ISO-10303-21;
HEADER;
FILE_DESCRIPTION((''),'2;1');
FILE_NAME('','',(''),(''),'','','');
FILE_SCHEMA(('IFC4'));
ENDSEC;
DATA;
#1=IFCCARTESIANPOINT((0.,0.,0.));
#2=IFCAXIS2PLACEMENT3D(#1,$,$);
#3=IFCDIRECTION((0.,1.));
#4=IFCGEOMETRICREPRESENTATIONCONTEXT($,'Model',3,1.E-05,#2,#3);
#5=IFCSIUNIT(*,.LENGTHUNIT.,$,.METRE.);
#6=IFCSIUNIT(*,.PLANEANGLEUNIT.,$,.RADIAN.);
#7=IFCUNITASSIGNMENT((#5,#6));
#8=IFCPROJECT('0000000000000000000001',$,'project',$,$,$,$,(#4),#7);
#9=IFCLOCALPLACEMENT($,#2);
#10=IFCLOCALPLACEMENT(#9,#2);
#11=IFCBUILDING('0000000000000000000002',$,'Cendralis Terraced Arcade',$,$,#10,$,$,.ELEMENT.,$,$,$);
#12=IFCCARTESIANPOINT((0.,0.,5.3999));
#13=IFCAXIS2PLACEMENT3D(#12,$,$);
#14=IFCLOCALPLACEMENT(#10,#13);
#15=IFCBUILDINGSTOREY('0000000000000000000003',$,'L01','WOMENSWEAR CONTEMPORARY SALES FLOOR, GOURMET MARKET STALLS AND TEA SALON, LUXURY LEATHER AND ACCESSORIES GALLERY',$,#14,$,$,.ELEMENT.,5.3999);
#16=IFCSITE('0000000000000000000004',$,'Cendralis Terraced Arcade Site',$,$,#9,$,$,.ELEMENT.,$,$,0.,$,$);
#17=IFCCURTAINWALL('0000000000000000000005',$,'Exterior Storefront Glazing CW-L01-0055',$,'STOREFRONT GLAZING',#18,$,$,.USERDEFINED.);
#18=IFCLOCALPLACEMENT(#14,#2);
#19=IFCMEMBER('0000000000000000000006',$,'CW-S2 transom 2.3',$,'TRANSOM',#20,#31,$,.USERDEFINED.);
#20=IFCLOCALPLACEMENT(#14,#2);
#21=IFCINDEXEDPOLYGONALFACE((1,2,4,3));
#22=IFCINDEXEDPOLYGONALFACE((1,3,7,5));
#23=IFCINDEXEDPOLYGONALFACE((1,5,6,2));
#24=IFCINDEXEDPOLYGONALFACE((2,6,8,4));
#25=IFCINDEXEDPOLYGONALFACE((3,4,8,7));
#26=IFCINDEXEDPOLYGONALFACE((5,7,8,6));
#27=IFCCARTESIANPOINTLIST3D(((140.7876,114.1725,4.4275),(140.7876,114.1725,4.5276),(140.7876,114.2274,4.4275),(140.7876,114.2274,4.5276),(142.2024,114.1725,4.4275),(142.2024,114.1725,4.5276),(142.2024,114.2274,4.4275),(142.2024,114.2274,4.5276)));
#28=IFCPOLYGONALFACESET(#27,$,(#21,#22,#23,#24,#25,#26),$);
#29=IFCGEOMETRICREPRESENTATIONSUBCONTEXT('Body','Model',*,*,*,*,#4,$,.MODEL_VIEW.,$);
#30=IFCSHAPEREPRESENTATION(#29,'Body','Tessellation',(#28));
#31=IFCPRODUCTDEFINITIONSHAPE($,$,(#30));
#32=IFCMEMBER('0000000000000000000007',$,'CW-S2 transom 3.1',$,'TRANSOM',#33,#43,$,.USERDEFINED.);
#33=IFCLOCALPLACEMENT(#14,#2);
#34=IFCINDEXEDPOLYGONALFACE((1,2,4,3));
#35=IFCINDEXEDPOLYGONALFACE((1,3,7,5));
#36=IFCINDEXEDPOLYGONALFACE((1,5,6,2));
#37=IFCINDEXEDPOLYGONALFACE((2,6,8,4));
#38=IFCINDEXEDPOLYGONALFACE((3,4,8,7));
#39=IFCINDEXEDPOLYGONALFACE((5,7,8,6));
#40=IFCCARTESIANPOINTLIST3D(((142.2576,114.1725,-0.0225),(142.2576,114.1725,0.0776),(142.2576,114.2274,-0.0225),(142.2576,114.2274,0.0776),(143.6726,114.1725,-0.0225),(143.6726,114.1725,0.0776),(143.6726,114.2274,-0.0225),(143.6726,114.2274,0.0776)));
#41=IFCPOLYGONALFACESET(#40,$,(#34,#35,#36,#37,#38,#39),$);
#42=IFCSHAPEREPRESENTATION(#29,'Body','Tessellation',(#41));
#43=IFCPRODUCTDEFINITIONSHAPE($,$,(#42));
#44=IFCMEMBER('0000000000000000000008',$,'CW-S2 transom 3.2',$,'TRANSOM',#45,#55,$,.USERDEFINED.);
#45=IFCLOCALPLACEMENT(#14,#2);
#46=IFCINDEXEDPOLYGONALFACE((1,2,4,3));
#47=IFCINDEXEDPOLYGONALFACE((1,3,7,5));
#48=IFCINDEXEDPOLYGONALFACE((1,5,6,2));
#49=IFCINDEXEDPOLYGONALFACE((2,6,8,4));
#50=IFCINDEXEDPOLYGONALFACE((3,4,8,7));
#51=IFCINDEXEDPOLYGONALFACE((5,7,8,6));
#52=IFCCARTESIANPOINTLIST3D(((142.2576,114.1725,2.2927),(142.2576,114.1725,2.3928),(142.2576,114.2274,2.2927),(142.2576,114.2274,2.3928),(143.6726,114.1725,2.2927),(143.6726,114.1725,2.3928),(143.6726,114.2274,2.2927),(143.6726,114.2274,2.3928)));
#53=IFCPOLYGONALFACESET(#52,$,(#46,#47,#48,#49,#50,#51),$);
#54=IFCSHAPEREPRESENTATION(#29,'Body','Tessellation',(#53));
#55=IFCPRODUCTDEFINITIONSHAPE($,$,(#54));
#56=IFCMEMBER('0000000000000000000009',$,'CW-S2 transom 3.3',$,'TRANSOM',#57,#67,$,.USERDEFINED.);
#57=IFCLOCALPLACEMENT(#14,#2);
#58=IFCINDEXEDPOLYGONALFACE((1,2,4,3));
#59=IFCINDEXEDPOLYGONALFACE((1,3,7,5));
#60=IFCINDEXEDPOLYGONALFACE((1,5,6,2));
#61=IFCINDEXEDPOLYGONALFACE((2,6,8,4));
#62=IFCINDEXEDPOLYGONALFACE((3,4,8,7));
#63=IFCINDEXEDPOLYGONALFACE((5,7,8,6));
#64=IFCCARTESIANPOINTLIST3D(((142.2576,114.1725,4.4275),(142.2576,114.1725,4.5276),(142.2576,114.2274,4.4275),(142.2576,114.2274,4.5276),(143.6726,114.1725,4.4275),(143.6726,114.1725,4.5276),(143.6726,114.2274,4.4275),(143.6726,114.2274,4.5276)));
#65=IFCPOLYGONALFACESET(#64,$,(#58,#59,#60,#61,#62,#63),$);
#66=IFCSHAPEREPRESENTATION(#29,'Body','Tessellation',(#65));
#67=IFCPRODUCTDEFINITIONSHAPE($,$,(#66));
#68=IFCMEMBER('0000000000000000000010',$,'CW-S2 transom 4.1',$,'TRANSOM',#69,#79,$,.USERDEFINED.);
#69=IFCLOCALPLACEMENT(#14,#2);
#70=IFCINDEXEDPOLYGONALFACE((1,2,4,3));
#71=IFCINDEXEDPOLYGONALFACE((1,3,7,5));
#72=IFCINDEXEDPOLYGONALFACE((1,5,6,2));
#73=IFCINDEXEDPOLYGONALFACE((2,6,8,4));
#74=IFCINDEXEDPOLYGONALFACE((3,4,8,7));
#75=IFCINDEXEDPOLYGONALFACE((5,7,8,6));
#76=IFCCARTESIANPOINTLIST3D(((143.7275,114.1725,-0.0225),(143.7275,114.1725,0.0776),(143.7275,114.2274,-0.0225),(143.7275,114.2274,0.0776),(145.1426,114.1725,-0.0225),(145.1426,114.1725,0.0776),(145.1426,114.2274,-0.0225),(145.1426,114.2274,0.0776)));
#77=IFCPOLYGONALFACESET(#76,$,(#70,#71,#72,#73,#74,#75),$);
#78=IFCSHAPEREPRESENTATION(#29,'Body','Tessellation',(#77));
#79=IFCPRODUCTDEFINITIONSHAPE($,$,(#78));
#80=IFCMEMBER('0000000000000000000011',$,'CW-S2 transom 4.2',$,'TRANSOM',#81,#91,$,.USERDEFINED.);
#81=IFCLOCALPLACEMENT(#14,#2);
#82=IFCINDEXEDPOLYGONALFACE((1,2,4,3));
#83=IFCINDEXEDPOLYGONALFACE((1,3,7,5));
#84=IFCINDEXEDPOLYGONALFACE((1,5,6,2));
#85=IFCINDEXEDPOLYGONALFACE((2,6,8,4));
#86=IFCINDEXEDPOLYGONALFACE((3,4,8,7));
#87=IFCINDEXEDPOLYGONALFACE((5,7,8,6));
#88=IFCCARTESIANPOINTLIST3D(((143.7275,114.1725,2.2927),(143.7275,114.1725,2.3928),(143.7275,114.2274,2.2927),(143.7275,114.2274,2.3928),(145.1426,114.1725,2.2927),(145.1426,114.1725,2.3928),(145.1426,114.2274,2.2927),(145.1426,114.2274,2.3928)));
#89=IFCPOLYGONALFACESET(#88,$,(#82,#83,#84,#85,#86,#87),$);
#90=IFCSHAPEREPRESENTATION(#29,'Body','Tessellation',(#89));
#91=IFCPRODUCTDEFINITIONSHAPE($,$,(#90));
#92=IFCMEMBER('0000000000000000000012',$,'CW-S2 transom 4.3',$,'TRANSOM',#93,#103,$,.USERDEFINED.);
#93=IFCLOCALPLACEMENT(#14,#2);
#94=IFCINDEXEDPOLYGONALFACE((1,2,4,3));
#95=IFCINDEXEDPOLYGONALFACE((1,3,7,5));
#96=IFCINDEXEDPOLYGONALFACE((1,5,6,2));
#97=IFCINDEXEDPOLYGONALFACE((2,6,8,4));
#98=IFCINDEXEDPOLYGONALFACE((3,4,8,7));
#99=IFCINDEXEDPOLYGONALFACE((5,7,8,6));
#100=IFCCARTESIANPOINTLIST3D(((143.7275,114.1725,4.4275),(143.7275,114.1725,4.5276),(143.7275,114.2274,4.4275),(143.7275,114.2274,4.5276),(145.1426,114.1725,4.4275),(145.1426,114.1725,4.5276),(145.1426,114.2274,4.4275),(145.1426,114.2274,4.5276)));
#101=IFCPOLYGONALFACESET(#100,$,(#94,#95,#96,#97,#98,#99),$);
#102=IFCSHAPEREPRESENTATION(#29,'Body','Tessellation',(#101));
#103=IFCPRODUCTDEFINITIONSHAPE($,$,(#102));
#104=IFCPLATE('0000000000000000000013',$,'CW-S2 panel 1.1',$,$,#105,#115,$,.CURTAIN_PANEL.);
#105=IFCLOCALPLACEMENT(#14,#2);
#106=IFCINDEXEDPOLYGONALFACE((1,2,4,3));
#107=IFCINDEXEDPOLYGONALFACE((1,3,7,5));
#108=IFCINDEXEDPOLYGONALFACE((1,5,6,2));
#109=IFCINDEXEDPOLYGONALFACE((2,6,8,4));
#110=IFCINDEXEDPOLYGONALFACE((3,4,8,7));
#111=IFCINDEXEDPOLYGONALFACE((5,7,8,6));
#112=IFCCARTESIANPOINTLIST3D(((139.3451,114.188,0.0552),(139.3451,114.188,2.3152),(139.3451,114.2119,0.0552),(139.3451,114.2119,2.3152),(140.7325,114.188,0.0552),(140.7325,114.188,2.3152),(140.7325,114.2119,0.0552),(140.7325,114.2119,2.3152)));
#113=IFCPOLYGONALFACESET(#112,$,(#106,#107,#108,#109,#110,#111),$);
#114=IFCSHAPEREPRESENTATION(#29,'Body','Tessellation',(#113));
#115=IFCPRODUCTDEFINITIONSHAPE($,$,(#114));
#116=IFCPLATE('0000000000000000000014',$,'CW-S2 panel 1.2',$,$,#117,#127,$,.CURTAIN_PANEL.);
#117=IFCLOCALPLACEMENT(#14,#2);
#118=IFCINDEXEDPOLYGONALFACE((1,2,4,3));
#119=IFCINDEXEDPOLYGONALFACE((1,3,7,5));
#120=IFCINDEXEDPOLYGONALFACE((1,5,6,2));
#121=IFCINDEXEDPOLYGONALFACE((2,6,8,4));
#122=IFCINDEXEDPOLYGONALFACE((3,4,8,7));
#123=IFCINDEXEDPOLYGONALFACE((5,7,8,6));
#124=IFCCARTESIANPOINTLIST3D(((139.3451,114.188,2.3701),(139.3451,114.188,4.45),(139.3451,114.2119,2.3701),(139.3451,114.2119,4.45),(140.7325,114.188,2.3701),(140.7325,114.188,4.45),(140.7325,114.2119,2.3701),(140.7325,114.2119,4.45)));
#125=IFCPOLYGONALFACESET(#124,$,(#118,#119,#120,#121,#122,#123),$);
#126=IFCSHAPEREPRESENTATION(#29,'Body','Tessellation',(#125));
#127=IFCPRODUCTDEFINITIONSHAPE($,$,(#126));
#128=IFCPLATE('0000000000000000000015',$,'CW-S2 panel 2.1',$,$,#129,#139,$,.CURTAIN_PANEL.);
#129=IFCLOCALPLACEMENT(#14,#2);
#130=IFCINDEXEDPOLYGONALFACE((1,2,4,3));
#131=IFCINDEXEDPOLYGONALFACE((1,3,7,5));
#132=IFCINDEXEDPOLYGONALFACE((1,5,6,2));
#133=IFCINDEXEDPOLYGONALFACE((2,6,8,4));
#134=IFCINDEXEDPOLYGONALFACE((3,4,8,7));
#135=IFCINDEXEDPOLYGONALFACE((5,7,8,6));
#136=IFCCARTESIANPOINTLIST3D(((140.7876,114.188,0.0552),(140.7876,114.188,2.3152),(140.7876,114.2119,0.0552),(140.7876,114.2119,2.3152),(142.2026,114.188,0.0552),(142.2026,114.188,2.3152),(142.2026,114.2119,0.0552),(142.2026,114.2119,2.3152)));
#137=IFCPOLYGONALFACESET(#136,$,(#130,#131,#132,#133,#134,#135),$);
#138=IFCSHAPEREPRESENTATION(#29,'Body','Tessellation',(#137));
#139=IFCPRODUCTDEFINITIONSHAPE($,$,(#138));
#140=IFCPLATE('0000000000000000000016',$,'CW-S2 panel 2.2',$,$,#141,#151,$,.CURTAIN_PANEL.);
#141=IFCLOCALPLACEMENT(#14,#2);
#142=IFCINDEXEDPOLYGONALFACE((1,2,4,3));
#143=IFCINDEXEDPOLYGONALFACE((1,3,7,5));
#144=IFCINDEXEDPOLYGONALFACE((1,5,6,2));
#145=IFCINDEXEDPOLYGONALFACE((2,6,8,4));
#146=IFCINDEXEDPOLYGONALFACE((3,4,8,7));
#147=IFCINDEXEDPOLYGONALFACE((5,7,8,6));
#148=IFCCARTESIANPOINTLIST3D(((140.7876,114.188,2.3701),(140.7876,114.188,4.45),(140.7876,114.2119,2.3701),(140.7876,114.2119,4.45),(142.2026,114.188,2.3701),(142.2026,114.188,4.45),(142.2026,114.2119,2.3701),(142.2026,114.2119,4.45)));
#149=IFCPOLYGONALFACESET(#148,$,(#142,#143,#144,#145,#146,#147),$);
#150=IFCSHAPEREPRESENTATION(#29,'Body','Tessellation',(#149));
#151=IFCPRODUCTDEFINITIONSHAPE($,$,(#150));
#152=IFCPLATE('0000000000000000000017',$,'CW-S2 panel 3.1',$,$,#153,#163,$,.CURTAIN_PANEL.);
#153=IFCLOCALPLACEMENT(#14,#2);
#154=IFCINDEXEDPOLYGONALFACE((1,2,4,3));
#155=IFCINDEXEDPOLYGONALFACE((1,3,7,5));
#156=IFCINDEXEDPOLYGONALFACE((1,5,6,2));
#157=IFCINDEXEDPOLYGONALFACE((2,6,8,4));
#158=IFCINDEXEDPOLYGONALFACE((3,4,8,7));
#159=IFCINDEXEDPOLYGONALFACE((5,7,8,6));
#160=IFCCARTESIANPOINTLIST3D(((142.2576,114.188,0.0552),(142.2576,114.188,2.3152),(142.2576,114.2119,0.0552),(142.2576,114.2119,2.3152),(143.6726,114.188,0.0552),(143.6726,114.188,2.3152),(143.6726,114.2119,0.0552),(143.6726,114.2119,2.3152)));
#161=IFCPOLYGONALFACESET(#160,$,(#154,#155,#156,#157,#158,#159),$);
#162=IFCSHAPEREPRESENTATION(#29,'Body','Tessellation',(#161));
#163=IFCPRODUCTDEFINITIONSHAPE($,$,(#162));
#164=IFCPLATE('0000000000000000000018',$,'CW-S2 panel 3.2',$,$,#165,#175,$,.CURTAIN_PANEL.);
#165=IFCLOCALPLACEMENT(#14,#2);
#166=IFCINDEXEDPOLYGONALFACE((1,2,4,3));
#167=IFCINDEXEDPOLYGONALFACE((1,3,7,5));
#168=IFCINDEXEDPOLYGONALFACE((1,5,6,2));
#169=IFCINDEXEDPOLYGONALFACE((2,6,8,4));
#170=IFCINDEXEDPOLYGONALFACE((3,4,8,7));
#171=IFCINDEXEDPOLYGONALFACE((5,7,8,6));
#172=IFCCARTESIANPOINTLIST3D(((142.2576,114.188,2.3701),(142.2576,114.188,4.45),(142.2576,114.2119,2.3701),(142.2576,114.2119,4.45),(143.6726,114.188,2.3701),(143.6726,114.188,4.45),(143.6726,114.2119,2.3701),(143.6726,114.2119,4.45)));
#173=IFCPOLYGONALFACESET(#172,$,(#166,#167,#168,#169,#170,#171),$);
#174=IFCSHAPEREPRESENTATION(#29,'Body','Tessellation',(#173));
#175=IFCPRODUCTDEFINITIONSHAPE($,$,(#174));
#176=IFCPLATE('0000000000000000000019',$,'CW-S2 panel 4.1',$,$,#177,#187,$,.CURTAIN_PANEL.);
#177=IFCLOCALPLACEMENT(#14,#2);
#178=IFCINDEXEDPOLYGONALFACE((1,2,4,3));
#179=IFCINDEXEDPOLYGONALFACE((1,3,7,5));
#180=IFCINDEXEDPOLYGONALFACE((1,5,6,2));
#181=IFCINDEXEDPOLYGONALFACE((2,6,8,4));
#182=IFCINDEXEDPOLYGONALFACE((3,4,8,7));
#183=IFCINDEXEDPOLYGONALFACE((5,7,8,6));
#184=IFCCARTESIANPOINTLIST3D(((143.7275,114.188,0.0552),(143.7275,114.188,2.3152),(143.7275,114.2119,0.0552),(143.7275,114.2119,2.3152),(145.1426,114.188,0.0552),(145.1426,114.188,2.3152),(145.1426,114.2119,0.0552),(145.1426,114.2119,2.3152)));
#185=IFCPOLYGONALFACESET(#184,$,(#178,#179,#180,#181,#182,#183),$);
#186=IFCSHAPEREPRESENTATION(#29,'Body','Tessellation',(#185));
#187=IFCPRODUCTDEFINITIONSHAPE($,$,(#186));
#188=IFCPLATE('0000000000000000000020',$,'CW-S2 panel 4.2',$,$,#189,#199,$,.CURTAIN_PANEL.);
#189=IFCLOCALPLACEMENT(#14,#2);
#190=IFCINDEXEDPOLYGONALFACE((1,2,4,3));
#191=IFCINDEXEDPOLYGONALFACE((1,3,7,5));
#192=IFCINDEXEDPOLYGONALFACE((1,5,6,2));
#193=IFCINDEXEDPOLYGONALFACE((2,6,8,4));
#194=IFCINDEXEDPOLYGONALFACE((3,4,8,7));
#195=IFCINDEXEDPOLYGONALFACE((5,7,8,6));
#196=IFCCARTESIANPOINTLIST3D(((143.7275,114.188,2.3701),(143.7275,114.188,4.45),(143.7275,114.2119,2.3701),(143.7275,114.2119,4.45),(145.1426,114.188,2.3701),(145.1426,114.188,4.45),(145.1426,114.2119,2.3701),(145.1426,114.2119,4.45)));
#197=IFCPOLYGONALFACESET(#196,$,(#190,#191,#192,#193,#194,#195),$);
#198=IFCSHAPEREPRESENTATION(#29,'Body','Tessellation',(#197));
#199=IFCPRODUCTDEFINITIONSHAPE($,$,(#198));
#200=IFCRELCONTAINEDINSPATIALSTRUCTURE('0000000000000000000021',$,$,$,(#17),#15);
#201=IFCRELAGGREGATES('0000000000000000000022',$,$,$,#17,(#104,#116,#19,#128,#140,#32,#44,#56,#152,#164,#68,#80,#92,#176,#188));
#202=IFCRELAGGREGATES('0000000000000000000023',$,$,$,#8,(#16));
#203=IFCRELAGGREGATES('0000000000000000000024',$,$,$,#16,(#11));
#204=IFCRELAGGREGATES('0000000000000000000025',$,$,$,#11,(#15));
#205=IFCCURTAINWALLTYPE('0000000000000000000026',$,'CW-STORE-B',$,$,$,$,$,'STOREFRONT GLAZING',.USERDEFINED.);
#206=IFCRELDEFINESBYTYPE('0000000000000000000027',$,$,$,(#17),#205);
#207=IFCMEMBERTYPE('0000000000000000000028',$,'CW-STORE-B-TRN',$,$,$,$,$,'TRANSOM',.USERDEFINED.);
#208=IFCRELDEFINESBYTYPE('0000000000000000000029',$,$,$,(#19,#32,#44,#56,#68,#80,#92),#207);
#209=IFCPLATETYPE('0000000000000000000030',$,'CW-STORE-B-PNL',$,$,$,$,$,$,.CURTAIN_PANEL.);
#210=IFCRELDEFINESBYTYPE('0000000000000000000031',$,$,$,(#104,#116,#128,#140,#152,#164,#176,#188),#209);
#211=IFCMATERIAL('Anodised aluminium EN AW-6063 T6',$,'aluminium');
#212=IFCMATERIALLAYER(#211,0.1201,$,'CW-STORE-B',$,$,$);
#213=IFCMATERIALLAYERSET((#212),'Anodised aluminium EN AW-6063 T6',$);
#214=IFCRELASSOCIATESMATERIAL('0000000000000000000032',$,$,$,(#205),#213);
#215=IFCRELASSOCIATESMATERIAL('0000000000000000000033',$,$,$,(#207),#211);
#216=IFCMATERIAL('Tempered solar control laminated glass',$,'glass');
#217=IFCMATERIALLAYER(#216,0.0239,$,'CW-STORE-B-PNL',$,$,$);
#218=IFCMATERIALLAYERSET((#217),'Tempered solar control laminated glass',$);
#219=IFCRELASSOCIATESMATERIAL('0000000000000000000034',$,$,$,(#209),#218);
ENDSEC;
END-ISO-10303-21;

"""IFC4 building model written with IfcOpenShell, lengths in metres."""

from ifc_helpers import new_model, si_unit, direction, frame, origin, origin_2d, place, context, subcontext, project, spatial, rectangle, extrude, material, layer, layer_set, material_profile, profile_set, type_object, element, aggregate, save


model = new_model("IFC4")

# Units and contexts
model_context = context("Model", 3, precision=1e-05, world=origin(), true_north=direction((0.0, 1.0)))
body_context = subcontext(model_context, "Body", "Model", "MODEL_VIEW")
ifc_project = project(units=[si_unit("LENGTHUNIT", "METRE"), si_unit("PLANEANGLEUNIT", "RADIAN")], contexts=[model_context])

# Site, building, storey
site_placement = place(None, origin())
site = spatial("IfcSite", under=ifc_project, at=site_placement, Name="Cendralis Terraced Arcade Site", CompositionType="ELEMENT", RefElevation=0.0)
building_placement = place(site_placement, origin())
building = spatial("IfcBuilding", under=site, at=building_placement, Name="Cendralis Terraced Arcade", CompositionType="ELEMENT")
storey_placement = place(building_placement, frame((0.0, 0.0, 5.3999)))
storey = spatial("IfcBuildingStorey", under=building, at=storey_placement, Name="L01", Description="WOMENSWEAR CONTEMPORARY SALES FLOOR, GOURMET MARKET STALLS AND TEA SALON, LUXURY LEATHER AND ACCESSORIES GALLERY", CompositionType="ELEMENT", Elevation=5.3999)

# Curtain wall, members, plates
ifc_material_1 = material(Name="Anodised aluminium EN AW-6063 T6", Category="aluminium")
ifc_layer_1 = layer(ifc_material_1, 0.1201, Name="CW-STORE-B")
ifc_layer_set_1 = layer_set([ifc_layer_1], Name="Anodised aluminium EN AW-6063 T6")
curtain_wall_type = type_object("IfcCurtainWallType", Name="CW-STORE-B", ElementType="STOREFRONT GLAZING", PredefinedType="USERDEFINED", material=ifc_layer_set_1)
curtain_wall_placement = place(storey_placement, origin())
curtain_wall = element("IfcCurtainWall", 1, at=curtain_wall_placement, inside=storey, type_object=curtain_wall_type, Name="Exterior Storefront Glazing CW-L01-0055", ObjectType="STOREFRONT GLAZING", PredefinedType="USERDEFINED")
ifc_material_profile_1 = material_profile(ifc_material_1, rectangle(XDim=0.0549, YDim=0.1001, at=origin_2d()), Name="ALU-TRN-55x100")
ifc_profile_set_1 = profile_set([ifc_material_profile_1], Name="Anodised aluminium EN AW-6063 T6")
member_type_1 = type_object("IfcMemberType", Name="CW-STORE-B-TRN", ElementType="TRANSOM", PredefinedType="USERDEFINED", material=ifc_profile_set_1)
member_1_placement = place(storey_placement, frame((140.7876, 114.2, 4.4775), z_axis=(1.0, 0.0, 0.0), x_axis=(0.0, 1.0, 0.0)))
member_1 = element("IfcMember", 2, at=member_1_placement, type_object=member_type_1, Name="CW-S2 transom 2.3", ObjectType="TRANSOM", PredefinedType="USERDEFINED", context=body_context, shape_type="SweptSolid", body=[
    extrude(rectangle(XDim=0.0549, YDim=0.1001, at=origin_2d()), origin(), (0.0, 0.0, 1.0), 1.4148),
])
member_2_placement = place(storey_placement, frame((142.2576, 114.2, 0.0276), z_axis=(1.0, 0.0, 0.0), x_axis=(0.0, 1.0, 0.0)))
member_2 = element("IfcMember", 3, at=member_2_placement, type_object=member_type_1, Name="CW-S2 transom 3.1", ObjectType="TRANSOM", PredefinedType="USERDEFINED", context=body_context, shape_type="SweptSolid", body=[
    extrude(rectangle(XDim=0.0549, YDim=0.1001, at=origin_2d()), origin(), (0.0, 0.0, 1.0), 1.415),
])
member_3_placement = place(storey_placement, frame((142.2576, 114.2, 2.3428), z_axis=(1.0, 0.0, 0.0), x_axis=(0.0, 1.0, 0.0)))
member_3 = element("IfcMember", 4, at=member_3_placement, type_object=member_type_1, Name="CW-S2 transom 3.2", ObjectType="TRANSOM", PredefinedType="USERDEFINED", context=body_context, shape_type="SweptSolid", body=[
    extrude(rectangle(XDim=0.0549, YDim=0.1001, at=origin_2d()), origin(), (0.0, 0.0, 1.0), 1.415),
])
member_4_placement = place(storey_placement, frame((142.2576, 114.2, 4.4775), z_axis=(1.0, 0.0, 0.0), x_axis=(0.0, 1.0, 0.0)))
member_4 = element("IfcMember", 5, at=member_4_placement, type_object=member_type_1, Name="CW-S2 transom 3.3", ObjectType="TRANSOM", PredefinedType="USERDEFINED", context=body_context, shape_type="SweptSolid", body=[
    extrude(rectangle(XDim=0.0549, YDim=0.1001, at=origin_2d()), origin(), (0.0, 0.0, 1.0), 1.415),
])
member_5_placement = place(storey_placement, frame((143.7275, 114.2, 0.0276), z_axis=(1.0, 0.0, 0.0), x_axis=(0.0, 1.0, 0.0)))
member_5 = element("IfcMember", 6, at=member_5_placement, type_object=member_type_1, Name="CW-S2 transom 4.1", ObjectType="TRANSOM", PredefinedType="USERDEFINED", context=body_context, shape_type="SweptSolid", body=[
    extrude(rectangle(XDim=0.0549, YDim=0.1001, at=origin_2d()), origin(), (0.0, 0.0, 1.0), 1.415),
])
member_6_placement = place(storey_placement, frame((143.7275, 114.2, 2.3428), z_axis=(1.0, 0.0, 0.0), x_axis=(0.0, 1.0, 0.0)))
member_6 = element("IfcMember", 7, at=member_6_placement, type_object=member_type_1, Name="CW-S2 transom 4.2", ObjectType="TRANSOM", PredefinedType="USERDEFINED", context=body_context, shape_type="SweptSolid", body=[
    extrude(rectangle(XDim=0.0549, YDim=0.1001, at=origin_2d()), origin(), (0.0, 0.0, 1.0), 1.415),
])
member_7_placement = place(storey_placement, frame((143.7275, 114.2, 4.4775), z_axis=(1.0, 0.0, 0.0), x_axis=(0.0, 1.0, 0.0)))
member_7 = element("IfcMember", 8, at=member_7_placement, type_object=member_type_1, Name="CW-S2 transom 4.3", ObjectType="TRANSOM", PredefinedType="USERDEFINED", context=body_context, shape_type="SweptSolid", body=[
    extrude(rectangle(XDim=0.0549, YDim=0.1001, at=origin_2d()), origin(), (0.0, 0.0, 1.0), 1.415),
])
ifc_material_2 = material(Name="Tempered solar control laminated glass", Category="glass")
ifc_layer_2 = layer(ifc_material_2, 0.0239, Name="CW-STORE-B-PNL")
ifc_layer_set_2 = layer_set([ifc_layer_2], Name="Tempered solar control laminated glass")
plate_type = type_object("IfcPlateType", Name="CW-STORE-B-PNL", PredefinedType="CURTAIN_PANEL", material=ifc_layer_set_2)
plate_1_placement = place(storey_placement, frame((140.0388, 114.2, 0.0552), z_axis=(0.0, 0.0, 1.0), x_axis=(1.0, 0.0, 0.0)))
plate_1 = element("IfcPlate", 9, at=plate_1_placement, type_object=plate_type, Name="CW-S2 panel 1.1", PredefinedType="CURTAIN_PANEL", context=body_context, shape_type="SweptSolid", body=[
    extrude(rectangle(XDim=1.3875, YDim=0.0239, at=origin_2d()), origin(), (0.0, 0.0, 1.0), 2.26),
])
plate_2_placement = place(storey_placement, frame((140.0388, 114.2, 2.3701), z_axis=(0.0, 0.0, 1.0), x_axis=(1.0, 0.0, 0.0)))
plate_2 = element("IfcPlate", 10, at=plate_2_placement, type_object=plate_type, Name="CW-S2 panel 1.2", PredefinedType="CURTAIN_PANEL", context=body_context, shape_type="SweptSolid", body=[
    extrude(rectangle(XDim=1.3875, YDim=0.0239, at=origin_2d()), origin(), (0.0, 0.0, 1.0), 2.0798),
])
plate_3_placement = place(storey_placement, frame((141.4951, 114.2, 0.0552), z_axis=(0.0, 0.0, 1.0), x_axis=(1.0, 0.0, 0.0)))
plate_3 = element("IfcPlate", 11, at=plate_3_placement, type_object=plate_type, Name="CW-S2 panel 2.1", PredefinedType="CURTAIN_PANEL", context=body_context, shape_type="SweptSolid", body=[
    extrude(rectangle(XDim=1.415, YDim=0.0239, at=origin_2d()), origin(), (0.0, 0.0, 1.0), 2.26),
])
plate_4_placement = place(storey_placement, frame((141.4951, 114.2, 2.3701), z_axis=(0.0, 0.0, 1.0), x_axis=(1.0, 0.0, 0.0)))
plate_4 = element("IfcPlate", 12, at=plate_4_placement, type_object=plate_type, Name="CW-S2 panel 2.2", PredefinedType="CURTAIN_PANEL", context=body_context, shape_type="SweptSolid", body=[
    extrude(rectangle(XDim=1.415, YDim=0.0239, at=origin_2d()), origin(), (0.0, 0.0, 1.0), 2.0798),
])
plate_5_placement = place(storey_placement, frame((142.9651, 114.2, 0.0552), z_axis=(0.0, 0.0, 1.0), x_axis=(1.0, 0.0, 0.0)))
plate_5 = element("IfcPlate", 13, at=plate_5_placement, type_object=plate_type, Name="CW-S2 panel 3.1", PredefinedType="CURTAIN_PANEL", context=body_context, shape_type="SweptSolid", body=[
    extrude(rectangle(XDim=1.415, YDim=0.0239, at=origin_2d()), origin(), (0.0, 0.0, 1.0), 2.26),
])
plate_6_placement = place(storey_placement, frame((142.9651, 114.2, 2.3701), z_axis=(0.0, 0.0, 1.0), x_axis=(1.0, 0.0, 0.0)))
plate_6 = element("IfcPlate", 14, at=plate_6_placement, type_object=plate_type, Name="CW-S2 panel 3.2", PredefinedType="CURTAIN_PANEL", context=body_context, shape_type="SweptSolid", body=[
    extrude(rectangle(XDim=1.415, YDim=0.0239, at=origin_2d()), origin(), (0.0, 0.0, 1.0), 2.0798),
])
plate_7_placement = place(storey_placement, frame((144.4351, 114.2, 0.0552), z_axis=(0.0, 0.0, 1.0), x_axis=(1.0, 0.0, 0.0)))
plate_7 = element("IfcPlate", 15, at=plate_7_placement, type_object=plate_type, Name="CW-S2 panel 4.1", PredefinedType="CURTAIN_PANEL", context=body_context, shape_type="SweptSolid", body=[
    extrude(rectangle(XDim=1.415, YDim=0.0239, at=origin_2d()), origin(), (0.0, 0.0, 1.0), 2.26),
])
plate_8_placement = place(storey_placement, frame((144.4351, 114.2, 2.3701), z_axis=(0.0, 0.0, 1.0), x_axis=(1.0, 0.0, 0.0)))
plate_8 = element("IfcPlate", 16, at=plate_8_placement, type_object=plate_type, Name="CW-S2 panel 4.2", PredefinedType="CURTAIN_PANEL", context=body_context, shape_type="SweptSolid", body=[
    extrude(rectangle(XDim=1.415, YDim=0.0239, at=origin_2d()), origin(), (0.0, 0.0, 1.0), 2.0798),
])
aggregate(curtain_wall, [plate_1, plate_2, member_1, plate_3, plate_4, member_2, member_3, member_4, plate_5, plate_6, member_5, member_6, member_7, plate_7, plate_8])

save(model, "model.ifc")
